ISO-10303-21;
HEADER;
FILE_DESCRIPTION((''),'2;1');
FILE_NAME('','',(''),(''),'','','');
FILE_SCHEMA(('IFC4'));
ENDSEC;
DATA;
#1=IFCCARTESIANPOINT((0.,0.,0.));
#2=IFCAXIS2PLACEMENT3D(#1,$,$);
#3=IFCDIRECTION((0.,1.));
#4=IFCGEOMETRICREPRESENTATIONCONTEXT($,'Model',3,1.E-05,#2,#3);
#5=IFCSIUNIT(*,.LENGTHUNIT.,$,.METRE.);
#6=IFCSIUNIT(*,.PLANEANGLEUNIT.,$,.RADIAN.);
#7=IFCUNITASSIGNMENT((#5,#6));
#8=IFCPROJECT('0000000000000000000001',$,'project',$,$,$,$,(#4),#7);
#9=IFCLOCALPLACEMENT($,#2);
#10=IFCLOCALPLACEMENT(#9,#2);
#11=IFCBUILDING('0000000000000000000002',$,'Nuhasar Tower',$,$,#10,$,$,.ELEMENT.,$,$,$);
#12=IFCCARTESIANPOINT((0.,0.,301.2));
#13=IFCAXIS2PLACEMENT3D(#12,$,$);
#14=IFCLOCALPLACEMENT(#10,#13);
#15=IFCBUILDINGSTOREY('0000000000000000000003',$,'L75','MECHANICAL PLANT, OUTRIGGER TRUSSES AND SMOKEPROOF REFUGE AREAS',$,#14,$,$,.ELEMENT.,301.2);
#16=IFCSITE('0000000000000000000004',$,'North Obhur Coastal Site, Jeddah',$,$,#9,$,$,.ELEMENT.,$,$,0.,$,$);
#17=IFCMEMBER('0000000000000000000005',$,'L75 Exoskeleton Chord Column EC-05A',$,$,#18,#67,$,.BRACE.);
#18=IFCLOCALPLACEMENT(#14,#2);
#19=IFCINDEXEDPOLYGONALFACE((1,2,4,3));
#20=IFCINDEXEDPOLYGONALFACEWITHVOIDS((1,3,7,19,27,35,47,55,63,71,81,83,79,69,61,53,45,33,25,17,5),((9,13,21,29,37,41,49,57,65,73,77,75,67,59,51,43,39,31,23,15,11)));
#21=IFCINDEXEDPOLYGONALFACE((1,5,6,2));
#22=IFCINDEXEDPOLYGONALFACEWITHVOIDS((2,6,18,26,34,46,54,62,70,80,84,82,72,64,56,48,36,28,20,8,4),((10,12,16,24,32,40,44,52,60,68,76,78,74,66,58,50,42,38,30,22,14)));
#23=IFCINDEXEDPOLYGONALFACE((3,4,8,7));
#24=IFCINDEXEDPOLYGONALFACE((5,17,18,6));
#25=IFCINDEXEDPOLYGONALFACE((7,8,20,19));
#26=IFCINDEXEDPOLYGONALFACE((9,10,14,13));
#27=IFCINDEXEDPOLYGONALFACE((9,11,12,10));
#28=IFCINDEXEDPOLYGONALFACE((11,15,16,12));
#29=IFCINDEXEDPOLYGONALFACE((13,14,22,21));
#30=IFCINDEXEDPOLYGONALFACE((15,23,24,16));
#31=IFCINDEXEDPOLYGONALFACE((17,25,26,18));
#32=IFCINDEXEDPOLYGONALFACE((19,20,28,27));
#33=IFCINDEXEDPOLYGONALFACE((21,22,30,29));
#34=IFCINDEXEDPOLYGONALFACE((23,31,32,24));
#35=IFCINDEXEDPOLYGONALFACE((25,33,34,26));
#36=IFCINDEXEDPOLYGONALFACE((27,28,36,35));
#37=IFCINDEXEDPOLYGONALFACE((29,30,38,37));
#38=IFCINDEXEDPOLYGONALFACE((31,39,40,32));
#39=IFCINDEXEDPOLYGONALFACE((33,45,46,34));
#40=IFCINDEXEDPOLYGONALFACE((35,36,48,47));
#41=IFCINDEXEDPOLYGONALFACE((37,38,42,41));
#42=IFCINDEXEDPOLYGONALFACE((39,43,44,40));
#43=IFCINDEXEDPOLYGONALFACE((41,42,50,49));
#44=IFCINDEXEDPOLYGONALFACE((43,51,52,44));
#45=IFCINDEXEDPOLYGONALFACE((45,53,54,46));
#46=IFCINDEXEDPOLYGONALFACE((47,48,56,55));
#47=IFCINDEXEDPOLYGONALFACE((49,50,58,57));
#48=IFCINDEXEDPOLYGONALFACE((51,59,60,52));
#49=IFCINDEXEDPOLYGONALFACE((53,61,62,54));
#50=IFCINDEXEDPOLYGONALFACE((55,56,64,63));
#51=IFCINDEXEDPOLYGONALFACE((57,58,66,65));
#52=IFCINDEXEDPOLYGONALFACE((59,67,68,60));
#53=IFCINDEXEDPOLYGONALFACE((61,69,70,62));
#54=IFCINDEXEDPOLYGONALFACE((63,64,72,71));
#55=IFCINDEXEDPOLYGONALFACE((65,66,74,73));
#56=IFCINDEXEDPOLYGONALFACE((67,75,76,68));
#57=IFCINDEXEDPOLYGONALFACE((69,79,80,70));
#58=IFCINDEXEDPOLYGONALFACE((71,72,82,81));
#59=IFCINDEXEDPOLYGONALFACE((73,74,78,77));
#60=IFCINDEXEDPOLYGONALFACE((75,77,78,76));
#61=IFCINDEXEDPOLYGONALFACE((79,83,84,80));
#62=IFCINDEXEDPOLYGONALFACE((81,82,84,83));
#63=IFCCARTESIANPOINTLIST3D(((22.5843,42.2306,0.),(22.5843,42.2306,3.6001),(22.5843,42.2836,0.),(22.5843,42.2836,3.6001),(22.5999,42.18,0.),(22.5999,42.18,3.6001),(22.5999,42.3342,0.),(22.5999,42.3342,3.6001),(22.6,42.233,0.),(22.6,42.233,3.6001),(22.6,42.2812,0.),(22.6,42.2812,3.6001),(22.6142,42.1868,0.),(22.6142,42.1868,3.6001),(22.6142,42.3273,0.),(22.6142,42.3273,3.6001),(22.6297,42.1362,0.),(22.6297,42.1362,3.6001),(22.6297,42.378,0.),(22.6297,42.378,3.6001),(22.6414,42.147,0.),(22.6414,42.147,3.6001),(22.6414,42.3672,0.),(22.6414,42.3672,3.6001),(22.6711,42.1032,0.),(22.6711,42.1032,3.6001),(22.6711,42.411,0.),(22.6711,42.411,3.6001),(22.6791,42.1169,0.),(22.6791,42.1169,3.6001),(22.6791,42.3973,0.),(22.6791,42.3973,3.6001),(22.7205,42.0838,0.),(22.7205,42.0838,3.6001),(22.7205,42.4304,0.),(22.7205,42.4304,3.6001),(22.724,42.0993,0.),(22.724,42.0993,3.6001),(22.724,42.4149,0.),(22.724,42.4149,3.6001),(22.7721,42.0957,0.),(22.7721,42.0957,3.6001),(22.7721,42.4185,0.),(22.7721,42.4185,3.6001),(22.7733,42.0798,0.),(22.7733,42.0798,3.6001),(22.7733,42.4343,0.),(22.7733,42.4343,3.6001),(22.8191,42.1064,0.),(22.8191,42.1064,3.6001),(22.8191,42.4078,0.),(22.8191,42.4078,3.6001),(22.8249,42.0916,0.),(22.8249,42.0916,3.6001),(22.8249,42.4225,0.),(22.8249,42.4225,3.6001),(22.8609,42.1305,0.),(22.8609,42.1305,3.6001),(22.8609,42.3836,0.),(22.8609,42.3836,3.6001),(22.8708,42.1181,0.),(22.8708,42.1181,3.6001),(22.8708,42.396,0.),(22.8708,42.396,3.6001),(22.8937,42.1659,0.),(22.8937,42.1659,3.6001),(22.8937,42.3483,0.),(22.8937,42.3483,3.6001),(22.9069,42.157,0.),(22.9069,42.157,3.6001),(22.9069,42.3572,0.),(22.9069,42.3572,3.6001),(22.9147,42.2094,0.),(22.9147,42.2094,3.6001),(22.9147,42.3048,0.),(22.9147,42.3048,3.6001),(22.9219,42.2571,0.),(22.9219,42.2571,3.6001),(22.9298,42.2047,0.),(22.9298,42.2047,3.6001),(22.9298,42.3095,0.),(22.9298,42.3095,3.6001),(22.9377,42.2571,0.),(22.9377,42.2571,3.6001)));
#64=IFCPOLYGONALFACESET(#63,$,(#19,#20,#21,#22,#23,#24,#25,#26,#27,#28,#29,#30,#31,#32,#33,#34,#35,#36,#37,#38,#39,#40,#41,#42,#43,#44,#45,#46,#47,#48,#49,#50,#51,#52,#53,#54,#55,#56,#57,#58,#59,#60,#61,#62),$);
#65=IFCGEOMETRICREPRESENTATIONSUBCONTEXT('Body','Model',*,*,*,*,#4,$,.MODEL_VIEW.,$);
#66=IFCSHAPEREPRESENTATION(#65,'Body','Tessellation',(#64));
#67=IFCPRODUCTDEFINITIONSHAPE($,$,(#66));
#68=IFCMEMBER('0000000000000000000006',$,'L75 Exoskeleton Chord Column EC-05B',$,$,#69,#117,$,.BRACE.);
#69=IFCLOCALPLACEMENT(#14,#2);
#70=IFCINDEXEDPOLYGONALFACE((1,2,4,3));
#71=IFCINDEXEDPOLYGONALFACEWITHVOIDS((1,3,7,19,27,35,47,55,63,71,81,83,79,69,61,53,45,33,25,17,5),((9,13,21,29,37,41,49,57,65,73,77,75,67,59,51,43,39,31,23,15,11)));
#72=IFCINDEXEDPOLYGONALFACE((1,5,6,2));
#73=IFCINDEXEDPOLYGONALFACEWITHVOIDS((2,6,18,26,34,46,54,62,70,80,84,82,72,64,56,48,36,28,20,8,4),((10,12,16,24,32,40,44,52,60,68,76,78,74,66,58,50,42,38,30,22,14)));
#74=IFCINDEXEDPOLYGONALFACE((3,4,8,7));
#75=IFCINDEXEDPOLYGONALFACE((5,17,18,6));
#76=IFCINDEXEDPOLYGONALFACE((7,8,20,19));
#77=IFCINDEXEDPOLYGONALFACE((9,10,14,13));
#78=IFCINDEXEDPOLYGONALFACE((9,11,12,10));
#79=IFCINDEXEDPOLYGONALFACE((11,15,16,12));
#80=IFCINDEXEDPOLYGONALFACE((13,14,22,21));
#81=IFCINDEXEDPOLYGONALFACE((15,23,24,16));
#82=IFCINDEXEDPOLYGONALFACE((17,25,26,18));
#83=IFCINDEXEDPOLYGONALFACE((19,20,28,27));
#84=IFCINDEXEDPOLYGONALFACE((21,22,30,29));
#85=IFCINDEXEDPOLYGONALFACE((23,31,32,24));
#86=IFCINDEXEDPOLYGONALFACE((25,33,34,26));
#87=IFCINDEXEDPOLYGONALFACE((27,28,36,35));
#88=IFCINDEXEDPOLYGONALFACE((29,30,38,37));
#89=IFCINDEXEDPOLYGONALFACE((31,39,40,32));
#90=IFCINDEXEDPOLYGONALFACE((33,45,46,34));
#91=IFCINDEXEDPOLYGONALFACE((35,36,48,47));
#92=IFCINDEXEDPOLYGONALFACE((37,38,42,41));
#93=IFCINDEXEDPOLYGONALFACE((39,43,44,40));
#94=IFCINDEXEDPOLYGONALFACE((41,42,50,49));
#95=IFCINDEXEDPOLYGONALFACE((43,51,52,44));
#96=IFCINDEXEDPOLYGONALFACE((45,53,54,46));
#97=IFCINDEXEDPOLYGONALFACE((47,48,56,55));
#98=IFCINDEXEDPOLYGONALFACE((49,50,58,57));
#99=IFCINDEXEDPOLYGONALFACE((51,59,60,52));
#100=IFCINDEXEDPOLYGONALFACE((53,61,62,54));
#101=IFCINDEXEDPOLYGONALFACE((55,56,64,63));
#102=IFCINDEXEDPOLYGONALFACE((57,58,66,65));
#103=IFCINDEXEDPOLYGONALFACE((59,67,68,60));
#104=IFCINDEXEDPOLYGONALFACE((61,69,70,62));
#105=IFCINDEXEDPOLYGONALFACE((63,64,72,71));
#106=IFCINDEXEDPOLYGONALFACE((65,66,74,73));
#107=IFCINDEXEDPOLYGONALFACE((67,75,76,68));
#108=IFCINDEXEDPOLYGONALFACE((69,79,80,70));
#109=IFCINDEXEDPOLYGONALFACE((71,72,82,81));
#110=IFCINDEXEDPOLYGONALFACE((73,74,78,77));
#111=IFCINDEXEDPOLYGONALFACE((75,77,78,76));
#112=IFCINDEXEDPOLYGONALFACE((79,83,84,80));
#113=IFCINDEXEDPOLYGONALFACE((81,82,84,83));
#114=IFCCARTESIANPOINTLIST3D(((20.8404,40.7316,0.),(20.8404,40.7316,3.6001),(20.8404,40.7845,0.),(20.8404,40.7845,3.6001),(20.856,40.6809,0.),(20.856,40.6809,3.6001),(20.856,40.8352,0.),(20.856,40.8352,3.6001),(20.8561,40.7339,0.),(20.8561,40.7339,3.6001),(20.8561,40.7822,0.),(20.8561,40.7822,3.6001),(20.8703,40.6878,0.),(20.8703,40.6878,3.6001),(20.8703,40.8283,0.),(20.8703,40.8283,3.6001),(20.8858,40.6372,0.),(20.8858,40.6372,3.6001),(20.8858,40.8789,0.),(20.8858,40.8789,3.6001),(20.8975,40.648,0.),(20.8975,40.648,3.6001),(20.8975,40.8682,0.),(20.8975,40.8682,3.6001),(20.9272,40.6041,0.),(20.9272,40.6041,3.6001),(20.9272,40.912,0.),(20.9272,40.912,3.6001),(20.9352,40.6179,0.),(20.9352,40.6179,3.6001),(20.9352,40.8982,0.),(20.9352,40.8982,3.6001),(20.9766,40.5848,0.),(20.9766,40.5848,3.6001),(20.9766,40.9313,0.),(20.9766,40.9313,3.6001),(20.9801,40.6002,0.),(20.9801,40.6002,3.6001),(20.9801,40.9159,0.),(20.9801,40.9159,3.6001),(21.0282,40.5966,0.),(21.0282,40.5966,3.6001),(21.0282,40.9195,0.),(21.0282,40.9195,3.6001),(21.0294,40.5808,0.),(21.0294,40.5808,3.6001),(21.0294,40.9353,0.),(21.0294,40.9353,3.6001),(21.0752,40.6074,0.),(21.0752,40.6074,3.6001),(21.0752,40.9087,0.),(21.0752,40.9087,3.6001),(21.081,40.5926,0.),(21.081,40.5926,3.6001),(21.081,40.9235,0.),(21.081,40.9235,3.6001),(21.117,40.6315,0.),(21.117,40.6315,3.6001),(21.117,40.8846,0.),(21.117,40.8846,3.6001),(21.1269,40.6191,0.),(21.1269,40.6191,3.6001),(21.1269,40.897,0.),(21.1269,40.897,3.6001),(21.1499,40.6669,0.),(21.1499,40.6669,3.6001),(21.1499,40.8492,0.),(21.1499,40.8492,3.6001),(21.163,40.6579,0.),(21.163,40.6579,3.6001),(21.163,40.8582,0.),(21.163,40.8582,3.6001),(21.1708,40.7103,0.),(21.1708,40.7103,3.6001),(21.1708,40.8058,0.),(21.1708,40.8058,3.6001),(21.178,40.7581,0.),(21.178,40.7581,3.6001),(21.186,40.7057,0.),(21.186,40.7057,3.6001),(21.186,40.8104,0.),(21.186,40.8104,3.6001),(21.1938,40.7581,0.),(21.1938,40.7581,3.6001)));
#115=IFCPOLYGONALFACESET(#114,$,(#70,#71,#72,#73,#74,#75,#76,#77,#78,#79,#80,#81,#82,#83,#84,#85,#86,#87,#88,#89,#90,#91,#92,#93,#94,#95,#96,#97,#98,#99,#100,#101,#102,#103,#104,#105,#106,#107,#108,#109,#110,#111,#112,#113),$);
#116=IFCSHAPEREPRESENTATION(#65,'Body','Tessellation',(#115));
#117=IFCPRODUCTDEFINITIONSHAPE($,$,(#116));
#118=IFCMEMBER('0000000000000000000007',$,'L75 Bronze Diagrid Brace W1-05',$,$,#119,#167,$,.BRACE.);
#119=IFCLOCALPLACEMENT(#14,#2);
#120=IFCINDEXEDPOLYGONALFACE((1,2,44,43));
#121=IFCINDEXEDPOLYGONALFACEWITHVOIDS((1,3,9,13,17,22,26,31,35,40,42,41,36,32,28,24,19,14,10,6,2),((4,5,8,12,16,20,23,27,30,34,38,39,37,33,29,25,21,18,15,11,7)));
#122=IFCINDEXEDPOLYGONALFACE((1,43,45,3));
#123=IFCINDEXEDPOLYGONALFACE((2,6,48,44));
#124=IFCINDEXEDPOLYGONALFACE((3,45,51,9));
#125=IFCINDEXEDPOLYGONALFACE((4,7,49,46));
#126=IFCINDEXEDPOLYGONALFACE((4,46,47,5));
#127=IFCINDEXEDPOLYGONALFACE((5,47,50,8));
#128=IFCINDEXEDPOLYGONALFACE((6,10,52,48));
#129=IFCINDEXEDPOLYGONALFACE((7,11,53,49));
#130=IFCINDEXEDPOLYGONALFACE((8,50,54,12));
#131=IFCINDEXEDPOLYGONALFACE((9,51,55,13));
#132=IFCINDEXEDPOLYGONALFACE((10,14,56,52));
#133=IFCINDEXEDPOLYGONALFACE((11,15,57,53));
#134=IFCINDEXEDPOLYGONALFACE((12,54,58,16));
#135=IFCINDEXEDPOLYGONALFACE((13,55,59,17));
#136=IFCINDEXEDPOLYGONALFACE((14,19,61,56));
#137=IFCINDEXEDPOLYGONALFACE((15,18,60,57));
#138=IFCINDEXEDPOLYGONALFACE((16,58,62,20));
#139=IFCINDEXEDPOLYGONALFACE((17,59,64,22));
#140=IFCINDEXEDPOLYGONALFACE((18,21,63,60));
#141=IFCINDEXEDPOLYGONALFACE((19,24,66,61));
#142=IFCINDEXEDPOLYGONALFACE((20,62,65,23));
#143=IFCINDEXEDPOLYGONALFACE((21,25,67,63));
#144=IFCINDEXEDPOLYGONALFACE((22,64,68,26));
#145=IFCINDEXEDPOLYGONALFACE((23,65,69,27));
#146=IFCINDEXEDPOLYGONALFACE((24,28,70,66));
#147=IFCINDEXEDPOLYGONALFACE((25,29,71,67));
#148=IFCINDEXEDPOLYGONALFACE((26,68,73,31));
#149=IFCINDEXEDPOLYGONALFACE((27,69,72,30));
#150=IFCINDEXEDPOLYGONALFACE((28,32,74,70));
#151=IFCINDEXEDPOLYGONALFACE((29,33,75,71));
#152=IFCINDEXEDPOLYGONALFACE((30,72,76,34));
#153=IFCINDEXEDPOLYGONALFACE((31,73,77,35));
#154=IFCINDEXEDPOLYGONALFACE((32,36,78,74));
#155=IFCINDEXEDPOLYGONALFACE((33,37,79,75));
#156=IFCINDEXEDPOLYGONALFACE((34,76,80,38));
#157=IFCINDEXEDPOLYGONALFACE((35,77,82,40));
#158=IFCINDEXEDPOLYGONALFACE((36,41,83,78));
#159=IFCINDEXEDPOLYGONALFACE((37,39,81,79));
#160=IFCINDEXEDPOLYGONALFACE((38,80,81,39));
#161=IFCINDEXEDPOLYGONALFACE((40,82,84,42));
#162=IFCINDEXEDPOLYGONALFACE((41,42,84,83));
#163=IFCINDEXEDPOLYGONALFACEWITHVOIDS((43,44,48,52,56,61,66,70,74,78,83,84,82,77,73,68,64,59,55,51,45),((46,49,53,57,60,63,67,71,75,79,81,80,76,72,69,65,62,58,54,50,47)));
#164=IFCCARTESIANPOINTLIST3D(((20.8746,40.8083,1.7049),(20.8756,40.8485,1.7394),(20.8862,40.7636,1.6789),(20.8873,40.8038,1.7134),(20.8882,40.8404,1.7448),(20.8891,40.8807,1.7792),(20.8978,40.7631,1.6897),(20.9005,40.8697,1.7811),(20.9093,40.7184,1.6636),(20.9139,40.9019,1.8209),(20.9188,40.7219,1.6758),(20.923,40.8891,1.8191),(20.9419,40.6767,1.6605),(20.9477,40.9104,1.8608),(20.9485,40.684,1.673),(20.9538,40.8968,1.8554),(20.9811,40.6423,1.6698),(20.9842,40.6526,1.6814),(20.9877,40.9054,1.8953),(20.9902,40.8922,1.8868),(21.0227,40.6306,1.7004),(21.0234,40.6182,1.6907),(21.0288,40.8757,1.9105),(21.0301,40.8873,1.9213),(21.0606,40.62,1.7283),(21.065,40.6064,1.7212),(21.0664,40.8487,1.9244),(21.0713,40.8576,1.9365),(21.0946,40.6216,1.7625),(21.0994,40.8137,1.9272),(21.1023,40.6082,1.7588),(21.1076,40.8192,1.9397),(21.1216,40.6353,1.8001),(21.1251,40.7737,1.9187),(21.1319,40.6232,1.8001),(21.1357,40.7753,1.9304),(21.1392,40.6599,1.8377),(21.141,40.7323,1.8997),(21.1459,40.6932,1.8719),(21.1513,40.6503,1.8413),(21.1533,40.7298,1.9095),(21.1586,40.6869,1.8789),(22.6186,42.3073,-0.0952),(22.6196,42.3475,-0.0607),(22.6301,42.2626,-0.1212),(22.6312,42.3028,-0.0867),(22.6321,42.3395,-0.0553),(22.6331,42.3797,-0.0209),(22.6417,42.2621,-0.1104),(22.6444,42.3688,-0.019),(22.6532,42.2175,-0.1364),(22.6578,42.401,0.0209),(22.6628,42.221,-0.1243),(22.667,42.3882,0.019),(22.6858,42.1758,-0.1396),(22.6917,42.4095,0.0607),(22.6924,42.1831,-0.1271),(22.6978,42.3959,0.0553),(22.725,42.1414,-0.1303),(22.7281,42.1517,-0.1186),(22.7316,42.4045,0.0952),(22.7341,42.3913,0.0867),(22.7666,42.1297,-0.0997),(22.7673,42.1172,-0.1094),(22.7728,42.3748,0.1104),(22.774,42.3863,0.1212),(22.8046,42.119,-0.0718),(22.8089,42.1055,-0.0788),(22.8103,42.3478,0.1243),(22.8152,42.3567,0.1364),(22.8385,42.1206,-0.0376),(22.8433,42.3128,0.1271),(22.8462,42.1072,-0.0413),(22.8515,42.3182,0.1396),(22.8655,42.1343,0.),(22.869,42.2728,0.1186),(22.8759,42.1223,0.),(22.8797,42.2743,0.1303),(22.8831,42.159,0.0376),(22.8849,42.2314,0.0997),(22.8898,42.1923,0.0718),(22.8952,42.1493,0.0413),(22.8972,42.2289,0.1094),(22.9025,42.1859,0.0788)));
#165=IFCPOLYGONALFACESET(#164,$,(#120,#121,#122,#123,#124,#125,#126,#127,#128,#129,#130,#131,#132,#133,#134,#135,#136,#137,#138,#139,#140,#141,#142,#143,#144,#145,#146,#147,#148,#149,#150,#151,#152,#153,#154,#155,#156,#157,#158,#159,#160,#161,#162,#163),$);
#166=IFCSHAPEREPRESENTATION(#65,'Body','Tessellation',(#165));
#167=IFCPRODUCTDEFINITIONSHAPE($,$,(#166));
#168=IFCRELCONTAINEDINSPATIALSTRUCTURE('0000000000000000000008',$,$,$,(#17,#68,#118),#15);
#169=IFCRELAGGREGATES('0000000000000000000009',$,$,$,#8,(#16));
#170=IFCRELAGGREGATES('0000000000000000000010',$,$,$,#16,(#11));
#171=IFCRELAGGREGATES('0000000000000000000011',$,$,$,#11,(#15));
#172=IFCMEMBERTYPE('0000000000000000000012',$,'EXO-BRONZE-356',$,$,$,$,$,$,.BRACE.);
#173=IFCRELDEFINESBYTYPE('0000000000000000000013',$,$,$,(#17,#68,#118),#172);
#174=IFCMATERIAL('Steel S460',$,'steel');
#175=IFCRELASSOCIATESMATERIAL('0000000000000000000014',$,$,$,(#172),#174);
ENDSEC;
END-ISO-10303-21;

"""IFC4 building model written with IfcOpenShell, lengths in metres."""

from ifc_helpers import new_model, si_unit, direction, frame, origin, origin_2d, place, context, subcontext, project, spatial, hollow_circle, extrude, material, material_profile, profile_set, type_object, element, save


model = new_model("IFC4")

# Units and contexts
model_context = context("Model", 3, precision=1e-05, world=origin(), true_north=direction((0.0, 1.0)))
body_context = subcontext(model_context, "Body", "Model", "MODEL_VIEW")
ifc_project = project(units=[si_unit("LENGTHUNIT", "METRE"), si_unit("PLANEANGLEUNIT", "RADIAN")], contexts=[model_context])

# Site, building, storey
site_placement = place(None, origin())
site = spatial("IfcSite", under=ifc_project, at=site_placement, Name="North Obhur Coastal Site, Jeddah", CompositionType="ELEMENT", RefElevation=0.0)
building_placement = place(site_placement, origin())
building = spatial("IfcBuilding", under=site, at=building_placement, Name="Nuhasar Tower", CompositionType="ELEMENT")
storey_placement = place(building_placement, frame((0.0, 0.0, 301.2)))
storey = spatial("IfcBuildingStorey", under=building, at=storey_placement, Name="L75", Description="MECHANICAL PLANT, OUTRIGGER TRUSSES AND SMOKEPROOF REFUGE AREAS", CompositionType="ELEMENT", Elevation=301.2)

# Shared definitions
ifc_material_1 = material(Name="Steel S460", Category="steel")

# Members
ifc_material_profile_1 = material_profile(ifc_material_1, hollow_circle(Radius=0.1777, WallThickness=0.0159, at=origin_2d()), Name="HSS355.6X15.9")
ifc_profile_set_1 = profile_set([ifc_material_profile_1], Name="Steel S460")
member_type_1 = type_object("IfcMemberType", Name="EXO-BRONZE-356", PredefinedType="BRACE", material=ifc_profile_set_1)
for number, where, z_axis, x_axis, name in (
    (1, (22.76, 42.2571, 0.0), (0.0, 0.0, 1.0), (1.0, 0.0, 0.0), "L75 Exoskeleton Chord Column EC-05A"),
    (2, (21.0161, 40.7581, 0.0), (0.0, 0.0, 1.0), (1.0, 0.0, 0.0), "L75 Exoskeleton Chord Column EC-05B"),
):
    element("IfcMember", number, at=place(storey_placement, frame(where, z_axis=z_axis, x_axis=x_axis)), inside=storey, type_object=member_type_1, Name=name, PredefinedType="BRACE", context=body_context, shape_type="SweptSolid", body=[
        extrude(hollow_circle(Radius=0.1777, WallThickness=0.0159, at=origin_2d()), origin(), (0.0, 0.0, 1.0), 3.6001),
    ])
for number, where, z_axis, x_axis, name in (
    (3, (22.76, 42.2571, 0.0), (-0.597154, -0.513303, 0.616382), (0.651857, -0.758342, 0.0), "L75 Bronze Diagrid Brace W1-05"),
):
    element("IfcMember", number, at=place(storey_placement, frame(where, z_axis=z_axis, x_axis=x_axis)), inside=storey, type_object=member_type_1, Name=name, PredefinedType="BRACE", context=body_context, shape_type="SweptSolid", body=[
        extrude(hollow_circle(Radius=0.1777, WallThickness=0.0159, at=origin_2d()), origin(), (0.0, 0.0, 1.0), 2.9204),
    ])

save(model, "model.ifc")
